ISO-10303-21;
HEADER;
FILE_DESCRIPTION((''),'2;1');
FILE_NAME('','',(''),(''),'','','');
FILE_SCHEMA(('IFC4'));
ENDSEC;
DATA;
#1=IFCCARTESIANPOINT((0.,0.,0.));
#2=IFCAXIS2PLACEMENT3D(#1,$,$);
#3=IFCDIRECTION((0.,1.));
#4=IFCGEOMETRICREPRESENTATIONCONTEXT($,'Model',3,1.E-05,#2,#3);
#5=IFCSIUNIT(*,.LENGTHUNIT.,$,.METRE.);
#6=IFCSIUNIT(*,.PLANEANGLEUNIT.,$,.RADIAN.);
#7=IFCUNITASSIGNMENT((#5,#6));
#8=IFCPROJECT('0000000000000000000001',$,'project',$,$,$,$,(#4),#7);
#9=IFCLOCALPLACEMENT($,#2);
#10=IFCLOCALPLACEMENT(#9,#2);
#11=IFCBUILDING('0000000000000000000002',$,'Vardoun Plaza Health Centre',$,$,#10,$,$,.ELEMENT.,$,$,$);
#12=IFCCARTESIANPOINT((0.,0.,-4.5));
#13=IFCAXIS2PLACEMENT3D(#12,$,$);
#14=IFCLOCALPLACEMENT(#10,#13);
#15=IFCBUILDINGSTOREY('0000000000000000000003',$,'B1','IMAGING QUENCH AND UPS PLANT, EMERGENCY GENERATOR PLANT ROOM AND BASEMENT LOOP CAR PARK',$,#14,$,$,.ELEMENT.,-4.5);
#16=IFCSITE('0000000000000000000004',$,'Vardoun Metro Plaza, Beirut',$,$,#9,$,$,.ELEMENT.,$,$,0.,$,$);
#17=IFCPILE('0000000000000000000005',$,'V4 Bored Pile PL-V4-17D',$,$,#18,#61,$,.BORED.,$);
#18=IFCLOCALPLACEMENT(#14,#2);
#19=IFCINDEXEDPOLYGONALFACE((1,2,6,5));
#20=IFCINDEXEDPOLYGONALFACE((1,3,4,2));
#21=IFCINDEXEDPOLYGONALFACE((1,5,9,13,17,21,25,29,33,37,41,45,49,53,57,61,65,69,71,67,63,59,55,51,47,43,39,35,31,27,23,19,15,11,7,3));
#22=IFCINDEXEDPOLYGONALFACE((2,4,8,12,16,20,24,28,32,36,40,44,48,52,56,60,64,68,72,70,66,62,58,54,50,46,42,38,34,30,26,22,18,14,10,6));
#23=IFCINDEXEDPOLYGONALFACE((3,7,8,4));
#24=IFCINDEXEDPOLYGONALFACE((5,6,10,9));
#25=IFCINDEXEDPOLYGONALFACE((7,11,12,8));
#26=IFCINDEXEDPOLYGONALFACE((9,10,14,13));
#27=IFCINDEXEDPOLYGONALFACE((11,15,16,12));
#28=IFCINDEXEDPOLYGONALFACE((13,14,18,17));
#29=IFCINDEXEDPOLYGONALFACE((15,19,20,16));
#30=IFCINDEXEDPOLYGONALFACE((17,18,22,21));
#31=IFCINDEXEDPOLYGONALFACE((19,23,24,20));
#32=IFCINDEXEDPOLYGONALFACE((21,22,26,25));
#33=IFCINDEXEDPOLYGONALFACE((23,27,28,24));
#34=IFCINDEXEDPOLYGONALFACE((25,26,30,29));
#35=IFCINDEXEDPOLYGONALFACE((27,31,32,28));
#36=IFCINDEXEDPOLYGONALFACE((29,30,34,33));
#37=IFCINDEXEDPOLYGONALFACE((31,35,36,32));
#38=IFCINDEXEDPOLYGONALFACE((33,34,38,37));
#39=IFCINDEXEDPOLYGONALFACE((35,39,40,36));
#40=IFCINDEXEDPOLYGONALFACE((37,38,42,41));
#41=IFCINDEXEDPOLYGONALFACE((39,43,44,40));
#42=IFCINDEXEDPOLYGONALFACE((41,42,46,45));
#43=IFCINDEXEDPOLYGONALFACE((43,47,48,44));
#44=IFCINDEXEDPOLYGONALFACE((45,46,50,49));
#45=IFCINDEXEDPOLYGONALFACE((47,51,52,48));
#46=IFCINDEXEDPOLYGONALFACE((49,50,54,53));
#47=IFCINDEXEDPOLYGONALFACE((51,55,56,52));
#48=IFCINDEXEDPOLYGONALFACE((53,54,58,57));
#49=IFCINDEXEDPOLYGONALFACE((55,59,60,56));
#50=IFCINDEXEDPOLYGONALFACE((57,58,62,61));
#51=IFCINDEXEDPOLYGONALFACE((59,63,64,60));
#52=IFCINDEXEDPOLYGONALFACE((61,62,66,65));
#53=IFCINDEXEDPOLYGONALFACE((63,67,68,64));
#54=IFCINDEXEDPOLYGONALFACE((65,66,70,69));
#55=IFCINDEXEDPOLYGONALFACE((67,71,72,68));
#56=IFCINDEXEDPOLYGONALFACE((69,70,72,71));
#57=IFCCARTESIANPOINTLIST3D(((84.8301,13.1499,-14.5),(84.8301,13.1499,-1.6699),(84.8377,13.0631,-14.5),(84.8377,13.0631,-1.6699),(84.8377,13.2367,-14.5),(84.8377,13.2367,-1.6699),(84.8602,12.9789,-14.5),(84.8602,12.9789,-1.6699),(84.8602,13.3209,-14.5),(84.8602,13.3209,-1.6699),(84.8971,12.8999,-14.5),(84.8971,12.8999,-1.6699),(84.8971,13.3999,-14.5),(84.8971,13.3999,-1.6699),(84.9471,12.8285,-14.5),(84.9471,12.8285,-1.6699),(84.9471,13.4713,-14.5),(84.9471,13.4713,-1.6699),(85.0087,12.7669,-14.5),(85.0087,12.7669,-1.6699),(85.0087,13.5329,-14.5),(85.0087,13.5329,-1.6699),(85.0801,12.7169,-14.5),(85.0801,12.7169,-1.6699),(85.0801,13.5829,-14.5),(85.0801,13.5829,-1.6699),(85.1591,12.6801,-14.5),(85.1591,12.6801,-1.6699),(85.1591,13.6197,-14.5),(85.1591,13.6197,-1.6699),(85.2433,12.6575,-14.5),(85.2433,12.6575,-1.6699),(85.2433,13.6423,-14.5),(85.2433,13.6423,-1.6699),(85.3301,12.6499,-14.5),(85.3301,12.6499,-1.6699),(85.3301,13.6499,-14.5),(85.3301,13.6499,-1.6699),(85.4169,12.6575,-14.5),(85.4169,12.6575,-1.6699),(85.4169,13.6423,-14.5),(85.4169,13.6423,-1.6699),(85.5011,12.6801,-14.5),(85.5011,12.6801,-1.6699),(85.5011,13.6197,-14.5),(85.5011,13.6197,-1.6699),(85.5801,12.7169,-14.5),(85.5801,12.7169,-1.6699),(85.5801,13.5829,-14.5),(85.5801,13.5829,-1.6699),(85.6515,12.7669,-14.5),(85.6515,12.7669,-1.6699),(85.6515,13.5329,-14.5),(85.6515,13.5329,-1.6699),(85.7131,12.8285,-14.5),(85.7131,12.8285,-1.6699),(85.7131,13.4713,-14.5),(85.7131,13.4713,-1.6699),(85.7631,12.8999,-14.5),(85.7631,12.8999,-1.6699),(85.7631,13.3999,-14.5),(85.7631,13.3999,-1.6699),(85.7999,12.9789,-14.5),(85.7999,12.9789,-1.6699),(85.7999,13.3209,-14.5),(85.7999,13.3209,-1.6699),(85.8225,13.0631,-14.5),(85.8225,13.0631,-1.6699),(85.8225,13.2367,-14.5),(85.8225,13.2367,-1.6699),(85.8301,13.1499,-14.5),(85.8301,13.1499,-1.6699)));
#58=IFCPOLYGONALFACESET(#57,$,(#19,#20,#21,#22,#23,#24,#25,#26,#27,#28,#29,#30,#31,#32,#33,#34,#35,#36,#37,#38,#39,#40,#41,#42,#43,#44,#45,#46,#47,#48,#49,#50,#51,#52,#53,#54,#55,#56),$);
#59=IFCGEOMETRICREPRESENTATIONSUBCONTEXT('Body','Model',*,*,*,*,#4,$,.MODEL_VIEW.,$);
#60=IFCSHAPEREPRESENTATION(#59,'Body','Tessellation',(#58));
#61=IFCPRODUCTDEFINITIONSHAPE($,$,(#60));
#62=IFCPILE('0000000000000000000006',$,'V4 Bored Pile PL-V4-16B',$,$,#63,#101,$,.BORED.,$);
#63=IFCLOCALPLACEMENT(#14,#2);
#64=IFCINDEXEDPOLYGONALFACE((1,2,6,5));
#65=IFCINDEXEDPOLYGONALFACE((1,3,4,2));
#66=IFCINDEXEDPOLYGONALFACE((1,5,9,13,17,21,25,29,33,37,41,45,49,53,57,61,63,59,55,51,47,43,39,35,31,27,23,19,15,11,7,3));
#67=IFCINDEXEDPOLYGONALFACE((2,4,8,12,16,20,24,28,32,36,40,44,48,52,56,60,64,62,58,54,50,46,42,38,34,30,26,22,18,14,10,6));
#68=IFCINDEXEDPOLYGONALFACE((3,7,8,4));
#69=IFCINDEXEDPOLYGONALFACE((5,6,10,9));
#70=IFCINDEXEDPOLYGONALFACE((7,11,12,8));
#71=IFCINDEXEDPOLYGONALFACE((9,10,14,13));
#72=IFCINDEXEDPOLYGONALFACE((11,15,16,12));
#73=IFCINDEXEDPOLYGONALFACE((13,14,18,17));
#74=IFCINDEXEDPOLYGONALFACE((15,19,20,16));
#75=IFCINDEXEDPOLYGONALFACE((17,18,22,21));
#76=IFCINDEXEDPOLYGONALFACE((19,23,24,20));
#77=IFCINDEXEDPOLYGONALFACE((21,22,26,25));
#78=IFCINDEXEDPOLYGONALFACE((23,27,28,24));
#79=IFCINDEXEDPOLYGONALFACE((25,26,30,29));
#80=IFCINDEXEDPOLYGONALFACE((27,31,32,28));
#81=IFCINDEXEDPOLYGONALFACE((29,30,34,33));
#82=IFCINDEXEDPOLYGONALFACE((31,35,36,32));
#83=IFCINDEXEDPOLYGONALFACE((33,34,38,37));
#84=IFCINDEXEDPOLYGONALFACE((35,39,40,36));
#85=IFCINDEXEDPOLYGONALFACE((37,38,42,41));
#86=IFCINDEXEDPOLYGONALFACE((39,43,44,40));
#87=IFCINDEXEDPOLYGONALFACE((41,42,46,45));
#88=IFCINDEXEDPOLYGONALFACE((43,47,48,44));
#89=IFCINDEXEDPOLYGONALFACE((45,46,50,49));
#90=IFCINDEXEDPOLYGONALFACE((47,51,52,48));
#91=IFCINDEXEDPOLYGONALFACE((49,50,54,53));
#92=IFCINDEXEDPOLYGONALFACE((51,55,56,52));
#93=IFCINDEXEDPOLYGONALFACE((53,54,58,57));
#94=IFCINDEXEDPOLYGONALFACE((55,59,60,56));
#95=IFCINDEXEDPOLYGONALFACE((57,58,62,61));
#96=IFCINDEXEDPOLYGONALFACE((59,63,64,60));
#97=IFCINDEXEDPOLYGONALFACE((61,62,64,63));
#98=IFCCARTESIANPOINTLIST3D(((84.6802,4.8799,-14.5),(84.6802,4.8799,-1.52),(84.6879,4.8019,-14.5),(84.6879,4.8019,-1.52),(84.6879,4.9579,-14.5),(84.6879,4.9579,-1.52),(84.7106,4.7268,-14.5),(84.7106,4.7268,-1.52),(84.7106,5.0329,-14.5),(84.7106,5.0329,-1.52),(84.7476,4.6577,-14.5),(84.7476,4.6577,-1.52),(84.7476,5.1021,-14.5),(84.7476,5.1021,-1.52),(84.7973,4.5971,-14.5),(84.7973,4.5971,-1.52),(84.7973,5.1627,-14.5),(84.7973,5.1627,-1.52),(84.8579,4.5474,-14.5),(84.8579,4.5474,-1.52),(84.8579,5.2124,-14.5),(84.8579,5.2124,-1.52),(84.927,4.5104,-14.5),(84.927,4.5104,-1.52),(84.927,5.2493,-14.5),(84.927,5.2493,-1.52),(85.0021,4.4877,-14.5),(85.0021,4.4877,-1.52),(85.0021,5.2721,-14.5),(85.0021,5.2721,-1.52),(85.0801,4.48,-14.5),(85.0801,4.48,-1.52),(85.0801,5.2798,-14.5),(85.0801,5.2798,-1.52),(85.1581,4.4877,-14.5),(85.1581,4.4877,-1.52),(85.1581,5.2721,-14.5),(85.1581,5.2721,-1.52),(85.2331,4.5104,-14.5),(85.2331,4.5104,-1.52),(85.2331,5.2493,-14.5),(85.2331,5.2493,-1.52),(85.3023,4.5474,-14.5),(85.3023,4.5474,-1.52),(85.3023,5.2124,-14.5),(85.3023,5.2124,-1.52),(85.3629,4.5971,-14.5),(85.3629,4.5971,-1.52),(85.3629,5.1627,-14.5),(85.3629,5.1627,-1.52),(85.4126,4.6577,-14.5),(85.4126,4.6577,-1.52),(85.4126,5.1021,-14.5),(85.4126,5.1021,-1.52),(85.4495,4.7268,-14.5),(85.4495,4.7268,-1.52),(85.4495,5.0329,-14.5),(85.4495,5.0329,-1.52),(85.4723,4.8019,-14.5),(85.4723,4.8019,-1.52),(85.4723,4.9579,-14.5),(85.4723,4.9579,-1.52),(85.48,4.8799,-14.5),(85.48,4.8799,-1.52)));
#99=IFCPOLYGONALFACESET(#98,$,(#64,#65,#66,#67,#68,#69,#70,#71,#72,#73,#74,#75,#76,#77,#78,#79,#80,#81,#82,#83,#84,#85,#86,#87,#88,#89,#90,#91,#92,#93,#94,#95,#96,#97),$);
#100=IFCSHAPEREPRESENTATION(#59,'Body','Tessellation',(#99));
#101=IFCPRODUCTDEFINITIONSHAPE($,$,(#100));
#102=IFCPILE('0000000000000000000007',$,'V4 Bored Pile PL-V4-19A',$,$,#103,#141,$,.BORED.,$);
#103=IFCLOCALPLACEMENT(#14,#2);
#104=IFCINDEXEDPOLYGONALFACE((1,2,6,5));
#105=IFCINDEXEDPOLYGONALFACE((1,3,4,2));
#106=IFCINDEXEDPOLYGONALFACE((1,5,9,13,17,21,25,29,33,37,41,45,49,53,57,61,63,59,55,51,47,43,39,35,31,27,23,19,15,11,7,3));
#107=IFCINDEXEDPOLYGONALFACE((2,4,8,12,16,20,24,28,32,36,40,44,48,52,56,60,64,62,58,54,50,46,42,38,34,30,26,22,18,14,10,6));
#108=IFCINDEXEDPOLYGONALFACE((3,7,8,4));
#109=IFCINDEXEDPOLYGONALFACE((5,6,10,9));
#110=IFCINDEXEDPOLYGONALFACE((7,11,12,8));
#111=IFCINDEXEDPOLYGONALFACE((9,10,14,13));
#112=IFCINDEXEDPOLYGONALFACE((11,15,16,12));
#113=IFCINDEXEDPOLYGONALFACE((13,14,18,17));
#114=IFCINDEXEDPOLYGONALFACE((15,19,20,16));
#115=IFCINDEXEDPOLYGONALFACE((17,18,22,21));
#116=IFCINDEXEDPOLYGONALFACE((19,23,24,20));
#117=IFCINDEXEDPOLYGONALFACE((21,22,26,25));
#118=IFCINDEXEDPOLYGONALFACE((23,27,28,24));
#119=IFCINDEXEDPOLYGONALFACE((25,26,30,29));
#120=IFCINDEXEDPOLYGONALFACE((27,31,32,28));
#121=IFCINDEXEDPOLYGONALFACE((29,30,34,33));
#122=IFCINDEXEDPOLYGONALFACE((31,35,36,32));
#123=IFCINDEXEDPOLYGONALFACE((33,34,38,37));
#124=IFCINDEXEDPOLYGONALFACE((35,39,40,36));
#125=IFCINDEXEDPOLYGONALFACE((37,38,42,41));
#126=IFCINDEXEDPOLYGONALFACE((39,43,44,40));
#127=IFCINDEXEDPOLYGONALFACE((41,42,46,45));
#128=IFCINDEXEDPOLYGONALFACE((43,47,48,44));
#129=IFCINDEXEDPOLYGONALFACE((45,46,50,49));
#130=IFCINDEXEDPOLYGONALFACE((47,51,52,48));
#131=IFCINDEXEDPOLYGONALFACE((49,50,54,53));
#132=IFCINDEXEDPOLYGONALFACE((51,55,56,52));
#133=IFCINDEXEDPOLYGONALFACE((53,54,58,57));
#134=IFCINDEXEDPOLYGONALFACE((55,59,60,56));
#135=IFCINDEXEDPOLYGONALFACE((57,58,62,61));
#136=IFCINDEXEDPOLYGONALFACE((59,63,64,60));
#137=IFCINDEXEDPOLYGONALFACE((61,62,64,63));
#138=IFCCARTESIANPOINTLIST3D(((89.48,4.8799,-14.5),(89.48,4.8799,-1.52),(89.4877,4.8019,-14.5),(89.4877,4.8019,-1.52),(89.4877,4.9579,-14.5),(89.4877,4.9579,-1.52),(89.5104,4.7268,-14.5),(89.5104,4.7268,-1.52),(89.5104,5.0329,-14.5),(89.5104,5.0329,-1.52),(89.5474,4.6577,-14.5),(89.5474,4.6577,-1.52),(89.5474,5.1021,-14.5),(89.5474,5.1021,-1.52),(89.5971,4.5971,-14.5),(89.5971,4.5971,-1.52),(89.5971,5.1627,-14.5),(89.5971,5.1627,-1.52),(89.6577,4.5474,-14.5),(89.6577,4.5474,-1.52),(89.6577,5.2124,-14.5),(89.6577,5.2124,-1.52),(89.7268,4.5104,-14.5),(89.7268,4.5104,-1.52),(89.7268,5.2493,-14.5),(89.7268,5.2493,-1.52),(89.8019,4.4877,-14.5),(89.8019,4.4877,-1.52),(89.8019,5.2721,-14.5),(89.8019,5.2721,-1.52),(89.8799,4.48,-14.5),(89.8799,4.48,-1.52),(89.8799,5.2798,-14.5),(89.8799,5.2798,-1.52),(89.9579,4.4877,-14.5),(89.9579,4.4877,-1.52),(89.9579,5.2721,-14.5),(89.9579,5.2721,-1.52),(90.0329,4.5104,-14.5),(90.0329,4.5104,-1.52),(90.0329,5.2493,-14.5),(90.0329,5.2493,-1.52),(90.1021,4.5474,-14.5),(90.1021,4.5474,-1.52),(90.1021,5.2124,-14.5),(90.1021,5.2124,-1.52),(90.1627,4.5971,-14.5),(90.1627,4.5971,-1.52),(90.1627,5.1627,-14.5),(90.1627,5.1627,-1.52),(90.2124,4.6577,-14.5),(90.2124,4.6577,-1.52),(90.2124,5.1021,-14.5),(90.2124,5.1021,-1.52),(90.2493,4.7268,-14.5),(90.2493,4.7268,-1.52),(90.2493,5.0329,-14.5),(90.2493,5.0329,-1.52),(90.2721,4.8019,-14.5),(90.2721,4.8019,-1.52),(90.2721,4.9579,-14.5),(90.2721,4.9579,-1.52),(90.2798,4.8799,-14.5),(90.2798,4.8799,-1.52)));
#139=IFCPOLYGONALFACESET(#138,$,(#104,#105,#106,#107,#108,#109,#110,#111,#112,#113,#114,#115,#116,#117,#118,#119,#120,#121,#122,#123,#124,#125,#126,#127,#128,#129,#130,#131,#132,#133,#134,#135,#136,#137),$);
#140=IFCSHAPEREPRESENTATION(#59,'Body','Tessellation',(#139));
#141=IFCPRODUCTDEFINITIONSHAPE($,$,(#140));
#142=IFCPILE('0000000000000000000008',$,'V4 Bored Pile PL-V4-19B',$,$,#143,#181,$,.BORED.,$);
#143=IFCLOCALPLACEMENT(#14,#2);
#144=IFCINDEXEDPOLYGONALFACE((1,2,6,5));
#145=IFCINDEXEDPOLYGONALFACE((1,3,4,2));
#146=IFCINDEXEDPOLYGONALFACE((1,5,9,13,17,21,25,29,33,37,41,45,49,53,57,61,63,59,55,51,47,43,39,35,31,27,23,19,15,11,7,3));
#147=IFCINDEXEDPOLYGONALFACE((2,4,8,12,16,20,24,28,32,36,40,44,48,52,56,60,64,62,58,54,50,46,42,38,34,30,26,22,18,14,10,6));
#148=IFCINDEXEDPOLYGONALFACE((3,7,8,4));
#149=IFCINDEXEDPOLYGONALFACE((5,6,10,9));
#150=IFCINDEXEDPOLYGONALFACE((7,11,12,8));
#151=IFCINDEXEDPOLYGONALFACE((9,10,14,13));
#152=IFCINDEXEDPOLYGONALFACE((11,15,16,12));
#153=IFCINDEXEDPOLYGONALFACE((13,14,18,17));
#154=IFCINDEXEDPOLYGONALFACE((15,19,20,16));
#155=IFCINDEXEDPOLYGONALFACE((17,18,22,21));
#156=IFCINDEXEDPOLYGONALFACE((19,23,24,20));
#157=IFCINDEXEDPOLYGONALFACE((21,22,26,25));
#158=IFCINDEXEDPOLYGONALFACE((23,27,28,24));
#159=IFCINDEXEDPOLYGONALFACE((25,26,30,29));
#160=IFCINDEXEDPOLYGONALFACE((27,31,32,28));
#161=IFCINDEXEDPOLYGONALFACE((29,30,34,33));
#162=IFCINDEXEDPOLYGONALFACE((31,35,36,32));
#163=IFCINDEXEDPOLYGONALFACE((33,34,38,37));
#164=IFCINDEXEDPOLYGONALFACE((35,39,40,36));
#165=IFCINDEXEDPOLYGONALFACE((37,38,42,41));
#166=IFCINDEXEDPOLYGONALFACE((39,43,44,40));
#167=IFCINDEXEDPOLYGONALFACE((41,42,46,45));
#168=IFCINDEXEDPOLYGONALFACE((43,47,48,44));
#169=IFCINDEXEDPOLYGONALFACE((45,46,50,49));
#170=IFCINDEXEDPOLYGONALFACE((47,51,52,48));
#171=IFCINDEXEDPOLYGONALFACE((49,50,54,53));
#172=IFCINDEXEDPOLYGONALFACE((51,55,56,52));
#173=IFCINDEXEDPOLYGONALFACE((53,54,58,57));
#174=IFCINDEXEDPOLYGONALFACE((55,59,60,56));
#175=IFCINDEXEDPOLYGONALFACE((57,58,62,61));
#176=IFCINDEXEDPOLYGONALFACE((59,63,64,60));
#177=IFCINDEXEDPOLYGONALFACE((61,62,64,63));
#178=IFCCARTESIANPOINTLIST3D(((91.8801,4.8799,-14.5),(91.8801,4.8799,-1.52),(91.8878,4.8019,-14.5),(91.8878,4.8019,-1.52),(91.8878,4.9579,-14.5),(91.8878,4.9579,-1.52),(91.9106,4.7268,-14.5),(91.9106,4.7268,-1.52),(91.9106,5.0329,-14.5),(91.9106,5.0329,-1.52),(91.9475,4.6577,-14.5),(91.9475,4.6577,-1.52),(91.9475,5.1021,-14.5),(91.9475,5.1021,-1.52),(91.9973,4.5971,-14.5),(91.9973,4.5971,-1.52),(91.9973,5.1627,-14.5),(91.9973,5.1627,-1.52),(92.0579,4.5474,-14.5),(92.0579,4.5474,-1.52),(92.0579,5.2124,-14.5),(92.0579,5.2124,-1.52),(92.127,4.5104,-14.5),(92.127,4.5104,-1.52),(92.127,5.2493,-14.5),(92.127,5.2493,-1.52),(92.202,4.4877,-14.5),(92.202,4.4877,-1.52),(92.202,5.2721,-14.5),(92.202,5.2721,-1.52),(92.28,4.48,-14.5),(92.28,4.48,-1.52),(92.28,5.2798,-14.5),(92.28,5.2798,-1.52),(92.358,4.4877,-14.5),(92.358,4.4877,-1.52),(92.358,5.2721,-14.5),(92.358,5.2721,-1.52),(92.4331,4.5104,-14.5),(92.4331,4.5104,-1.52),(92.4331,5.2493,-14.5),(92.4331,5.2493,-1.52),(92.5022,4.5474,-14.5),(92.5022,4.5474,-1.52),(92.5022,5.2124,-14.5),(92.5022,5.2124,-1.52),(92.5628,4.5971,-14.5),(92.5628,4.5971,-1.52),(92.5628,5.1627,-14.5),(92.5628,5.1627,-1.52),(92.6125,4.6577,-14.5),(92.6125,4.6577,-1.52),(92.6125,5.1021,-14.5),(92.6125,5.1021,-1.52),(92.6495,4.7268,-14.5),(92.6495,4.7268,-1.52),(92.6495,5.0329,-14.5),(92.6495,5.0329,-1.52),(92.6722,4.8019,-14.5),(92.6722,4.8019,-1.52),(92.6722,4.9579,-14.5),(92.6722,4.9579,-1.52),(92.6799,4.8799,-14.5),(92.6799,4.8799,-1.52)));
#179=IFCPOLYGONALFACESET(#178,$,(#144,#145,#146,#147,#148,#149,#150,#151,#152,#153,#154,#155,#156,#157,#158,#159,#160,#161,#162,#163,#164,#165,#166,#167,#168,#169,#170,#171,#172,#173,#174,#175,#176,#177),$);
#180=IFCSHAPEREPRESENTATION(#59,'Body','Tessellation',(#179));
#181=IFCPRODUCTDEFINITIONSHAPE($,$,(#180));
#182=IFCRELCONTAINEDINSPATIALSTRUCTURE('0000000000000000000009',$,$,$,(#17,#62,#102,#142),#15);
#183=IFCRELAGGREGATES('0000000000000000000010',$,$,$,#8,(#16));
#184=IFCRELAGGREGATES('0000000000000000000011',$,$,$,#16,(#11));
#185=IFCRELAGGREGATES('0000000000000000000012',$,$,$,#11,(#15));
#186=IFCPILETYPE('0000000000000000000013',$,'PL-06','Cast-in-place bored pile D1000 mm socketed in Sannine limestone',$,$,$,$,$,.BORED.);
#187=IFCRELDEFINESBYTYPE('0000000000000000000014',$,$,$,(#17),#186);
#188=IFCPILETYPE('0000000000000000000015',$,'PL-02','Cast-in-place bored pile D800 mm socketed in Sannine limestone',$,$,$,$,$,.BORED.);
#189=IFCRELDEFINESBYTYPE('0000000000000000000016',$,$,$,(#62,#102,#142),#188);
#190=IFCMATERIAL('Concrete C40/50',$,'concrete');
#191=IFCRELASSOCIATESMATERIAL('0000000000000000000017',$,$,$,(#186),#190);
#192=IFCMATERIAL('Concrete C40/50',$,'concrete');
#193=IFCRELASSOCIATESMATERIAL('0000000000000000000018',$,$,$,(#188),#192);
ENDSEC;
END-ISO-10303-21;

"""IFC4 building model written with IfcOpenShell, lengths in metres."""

from ifc_helpers import new_model, si_unit, direction, frame, origin, origin_2d, place, context, subcontext, project, spatial, circle, extrude, material, material_profile, profile_set, type_object, element, save


model = new_model("IFC4")

# Units and contexts
model_context = context("Model", 3, precision=1e-05, world=origin(), true_north=direction((0.0, 1.0)))
body_context = subcontext(model_context, "Body", "Model", "MODEL_VIEW")
ifc_project = project(units=[si_unit("LENGTHUNIT", "METRE"), si_unit("PLANEANGLEUNIT", "RADIAN")], contexts=[model_context])

# Site, building, storey
site_placement = place(None, origin())
site = spatial("IfcSite", under=ifc_project, at=site_placement, Name="Vardoun Metro Plaza, Beirut", CompositionType="ELEMENT", RefElevation=0.0)
building_placement = place(site_placement, origin())
building = spatial("IfcBuilding", under=site, at=building_placement, Name="Vardoun Plaza Health Centre", CompositionType="ELEMENT")
storey_placement = place(building_placement, frame((0.0, 0.0, -4.5)))
storey = spatial("IfcBuildingStorey", under=building, at=storey_placement, Name="B1", Description="IMAGING QUENCH AND UPS PLANT, EMERGENCY GENERATOR PLANT ROOM AND BASEMENT LOOP CAR PARK", CompositionType="ELEMENT", Elevation=-4.5)

# Piles
ifc_material_1 = material(Name="Concrete C40/50", Category="concrete")
ifc_material_profile_1 = material_profile(ifc_material_1, circle(Radius=0.5, at=origin_2d()), Name="PILE D1000")
ifc_profile_set_1 = profile_set([ifc_material_profile_1], Name="Concrete C40/50")
pile_type_1 = type_object("IfcPileType", Name="PL-06", Description="Cast-in-place bored pile D1000 mm socketed in Sannine limestone", PredefinedType="BORED", material=ifc_profile_set_1)
for number, where, z_axis, x_axis, name in (
    (1, (85.3301, 13.1499, -1.6699), (0.0, 0.0, -1.0), (1.0, 0.0, 0.0), "V4 Bored Pile PL-V4-17D"),
):
    element("IfcPile", number, at=place(storey_placement, frame(where, z_axis=z_axis, x_axis=x_axis)), inside=storey, type_object=pile_type_1, Name=name, PredefinedType="BORED", context=body_context, shape_type="SweptSolid", body=[
        extrude(circle(Radius=0.5, at=origin_2d()), origin(), (0.0, 0.0, 1.0), 12.8301),
    ])
ifc_material_2 = material(Name="Concrete C40/50", Category="concrete")
ifc_material_profile_2 = material_profile(ifc_material_2, circle(Radius=0.3999, at=origin_2d()), Name="PILE D800")
ifc_profile_set_2 = profile_set([ifc_material_profile_2], Name="Concrete C40/50")
pile_type_2 = type_object("IfcPileType", Name="PL-02", Description="Cast-in-place bored pile D800 mm socketed in Sannine limestone", PredefinedType="BORED", material=ifc_profile_set_2)
for number, where, z_axis, x_axis, name in (
    (2, (85.0801, 4.8799, -1.52), (0.0, 0.0, -1.0), (1.0, 0.0, 0.0), "V4 Bored Pile PL-V4-16B"),
    (3, (89.8799, 4.8799, -1.52), (0.0, 0.0, -1.0), (1.0, 0.0, 0.0), "V4 Bored Pile PL-V4-19A"),
    (4, (92.28, 4.8799, -1.52), (0.0, 0.0, -1.0), (1.0, 0.0, 0.0), "V4 Bored Pile PL-V4-19B"),
):
    element("IfcPile", number, at=place(storey_placement, frame(where, z_axis=z_axis, x_axis=x_axis)), inside=storey, type_object=pile_type_2, Name=name, PredefinedType="BORED", context=body_context, shape_type="SweptSolid", body=[
        extrude(circle(Radius=0.3999, at=origin_2d()), origin(), (0.0, 0.0, 1.0), 12.98),
    ])

save(model, "model.ifc")
